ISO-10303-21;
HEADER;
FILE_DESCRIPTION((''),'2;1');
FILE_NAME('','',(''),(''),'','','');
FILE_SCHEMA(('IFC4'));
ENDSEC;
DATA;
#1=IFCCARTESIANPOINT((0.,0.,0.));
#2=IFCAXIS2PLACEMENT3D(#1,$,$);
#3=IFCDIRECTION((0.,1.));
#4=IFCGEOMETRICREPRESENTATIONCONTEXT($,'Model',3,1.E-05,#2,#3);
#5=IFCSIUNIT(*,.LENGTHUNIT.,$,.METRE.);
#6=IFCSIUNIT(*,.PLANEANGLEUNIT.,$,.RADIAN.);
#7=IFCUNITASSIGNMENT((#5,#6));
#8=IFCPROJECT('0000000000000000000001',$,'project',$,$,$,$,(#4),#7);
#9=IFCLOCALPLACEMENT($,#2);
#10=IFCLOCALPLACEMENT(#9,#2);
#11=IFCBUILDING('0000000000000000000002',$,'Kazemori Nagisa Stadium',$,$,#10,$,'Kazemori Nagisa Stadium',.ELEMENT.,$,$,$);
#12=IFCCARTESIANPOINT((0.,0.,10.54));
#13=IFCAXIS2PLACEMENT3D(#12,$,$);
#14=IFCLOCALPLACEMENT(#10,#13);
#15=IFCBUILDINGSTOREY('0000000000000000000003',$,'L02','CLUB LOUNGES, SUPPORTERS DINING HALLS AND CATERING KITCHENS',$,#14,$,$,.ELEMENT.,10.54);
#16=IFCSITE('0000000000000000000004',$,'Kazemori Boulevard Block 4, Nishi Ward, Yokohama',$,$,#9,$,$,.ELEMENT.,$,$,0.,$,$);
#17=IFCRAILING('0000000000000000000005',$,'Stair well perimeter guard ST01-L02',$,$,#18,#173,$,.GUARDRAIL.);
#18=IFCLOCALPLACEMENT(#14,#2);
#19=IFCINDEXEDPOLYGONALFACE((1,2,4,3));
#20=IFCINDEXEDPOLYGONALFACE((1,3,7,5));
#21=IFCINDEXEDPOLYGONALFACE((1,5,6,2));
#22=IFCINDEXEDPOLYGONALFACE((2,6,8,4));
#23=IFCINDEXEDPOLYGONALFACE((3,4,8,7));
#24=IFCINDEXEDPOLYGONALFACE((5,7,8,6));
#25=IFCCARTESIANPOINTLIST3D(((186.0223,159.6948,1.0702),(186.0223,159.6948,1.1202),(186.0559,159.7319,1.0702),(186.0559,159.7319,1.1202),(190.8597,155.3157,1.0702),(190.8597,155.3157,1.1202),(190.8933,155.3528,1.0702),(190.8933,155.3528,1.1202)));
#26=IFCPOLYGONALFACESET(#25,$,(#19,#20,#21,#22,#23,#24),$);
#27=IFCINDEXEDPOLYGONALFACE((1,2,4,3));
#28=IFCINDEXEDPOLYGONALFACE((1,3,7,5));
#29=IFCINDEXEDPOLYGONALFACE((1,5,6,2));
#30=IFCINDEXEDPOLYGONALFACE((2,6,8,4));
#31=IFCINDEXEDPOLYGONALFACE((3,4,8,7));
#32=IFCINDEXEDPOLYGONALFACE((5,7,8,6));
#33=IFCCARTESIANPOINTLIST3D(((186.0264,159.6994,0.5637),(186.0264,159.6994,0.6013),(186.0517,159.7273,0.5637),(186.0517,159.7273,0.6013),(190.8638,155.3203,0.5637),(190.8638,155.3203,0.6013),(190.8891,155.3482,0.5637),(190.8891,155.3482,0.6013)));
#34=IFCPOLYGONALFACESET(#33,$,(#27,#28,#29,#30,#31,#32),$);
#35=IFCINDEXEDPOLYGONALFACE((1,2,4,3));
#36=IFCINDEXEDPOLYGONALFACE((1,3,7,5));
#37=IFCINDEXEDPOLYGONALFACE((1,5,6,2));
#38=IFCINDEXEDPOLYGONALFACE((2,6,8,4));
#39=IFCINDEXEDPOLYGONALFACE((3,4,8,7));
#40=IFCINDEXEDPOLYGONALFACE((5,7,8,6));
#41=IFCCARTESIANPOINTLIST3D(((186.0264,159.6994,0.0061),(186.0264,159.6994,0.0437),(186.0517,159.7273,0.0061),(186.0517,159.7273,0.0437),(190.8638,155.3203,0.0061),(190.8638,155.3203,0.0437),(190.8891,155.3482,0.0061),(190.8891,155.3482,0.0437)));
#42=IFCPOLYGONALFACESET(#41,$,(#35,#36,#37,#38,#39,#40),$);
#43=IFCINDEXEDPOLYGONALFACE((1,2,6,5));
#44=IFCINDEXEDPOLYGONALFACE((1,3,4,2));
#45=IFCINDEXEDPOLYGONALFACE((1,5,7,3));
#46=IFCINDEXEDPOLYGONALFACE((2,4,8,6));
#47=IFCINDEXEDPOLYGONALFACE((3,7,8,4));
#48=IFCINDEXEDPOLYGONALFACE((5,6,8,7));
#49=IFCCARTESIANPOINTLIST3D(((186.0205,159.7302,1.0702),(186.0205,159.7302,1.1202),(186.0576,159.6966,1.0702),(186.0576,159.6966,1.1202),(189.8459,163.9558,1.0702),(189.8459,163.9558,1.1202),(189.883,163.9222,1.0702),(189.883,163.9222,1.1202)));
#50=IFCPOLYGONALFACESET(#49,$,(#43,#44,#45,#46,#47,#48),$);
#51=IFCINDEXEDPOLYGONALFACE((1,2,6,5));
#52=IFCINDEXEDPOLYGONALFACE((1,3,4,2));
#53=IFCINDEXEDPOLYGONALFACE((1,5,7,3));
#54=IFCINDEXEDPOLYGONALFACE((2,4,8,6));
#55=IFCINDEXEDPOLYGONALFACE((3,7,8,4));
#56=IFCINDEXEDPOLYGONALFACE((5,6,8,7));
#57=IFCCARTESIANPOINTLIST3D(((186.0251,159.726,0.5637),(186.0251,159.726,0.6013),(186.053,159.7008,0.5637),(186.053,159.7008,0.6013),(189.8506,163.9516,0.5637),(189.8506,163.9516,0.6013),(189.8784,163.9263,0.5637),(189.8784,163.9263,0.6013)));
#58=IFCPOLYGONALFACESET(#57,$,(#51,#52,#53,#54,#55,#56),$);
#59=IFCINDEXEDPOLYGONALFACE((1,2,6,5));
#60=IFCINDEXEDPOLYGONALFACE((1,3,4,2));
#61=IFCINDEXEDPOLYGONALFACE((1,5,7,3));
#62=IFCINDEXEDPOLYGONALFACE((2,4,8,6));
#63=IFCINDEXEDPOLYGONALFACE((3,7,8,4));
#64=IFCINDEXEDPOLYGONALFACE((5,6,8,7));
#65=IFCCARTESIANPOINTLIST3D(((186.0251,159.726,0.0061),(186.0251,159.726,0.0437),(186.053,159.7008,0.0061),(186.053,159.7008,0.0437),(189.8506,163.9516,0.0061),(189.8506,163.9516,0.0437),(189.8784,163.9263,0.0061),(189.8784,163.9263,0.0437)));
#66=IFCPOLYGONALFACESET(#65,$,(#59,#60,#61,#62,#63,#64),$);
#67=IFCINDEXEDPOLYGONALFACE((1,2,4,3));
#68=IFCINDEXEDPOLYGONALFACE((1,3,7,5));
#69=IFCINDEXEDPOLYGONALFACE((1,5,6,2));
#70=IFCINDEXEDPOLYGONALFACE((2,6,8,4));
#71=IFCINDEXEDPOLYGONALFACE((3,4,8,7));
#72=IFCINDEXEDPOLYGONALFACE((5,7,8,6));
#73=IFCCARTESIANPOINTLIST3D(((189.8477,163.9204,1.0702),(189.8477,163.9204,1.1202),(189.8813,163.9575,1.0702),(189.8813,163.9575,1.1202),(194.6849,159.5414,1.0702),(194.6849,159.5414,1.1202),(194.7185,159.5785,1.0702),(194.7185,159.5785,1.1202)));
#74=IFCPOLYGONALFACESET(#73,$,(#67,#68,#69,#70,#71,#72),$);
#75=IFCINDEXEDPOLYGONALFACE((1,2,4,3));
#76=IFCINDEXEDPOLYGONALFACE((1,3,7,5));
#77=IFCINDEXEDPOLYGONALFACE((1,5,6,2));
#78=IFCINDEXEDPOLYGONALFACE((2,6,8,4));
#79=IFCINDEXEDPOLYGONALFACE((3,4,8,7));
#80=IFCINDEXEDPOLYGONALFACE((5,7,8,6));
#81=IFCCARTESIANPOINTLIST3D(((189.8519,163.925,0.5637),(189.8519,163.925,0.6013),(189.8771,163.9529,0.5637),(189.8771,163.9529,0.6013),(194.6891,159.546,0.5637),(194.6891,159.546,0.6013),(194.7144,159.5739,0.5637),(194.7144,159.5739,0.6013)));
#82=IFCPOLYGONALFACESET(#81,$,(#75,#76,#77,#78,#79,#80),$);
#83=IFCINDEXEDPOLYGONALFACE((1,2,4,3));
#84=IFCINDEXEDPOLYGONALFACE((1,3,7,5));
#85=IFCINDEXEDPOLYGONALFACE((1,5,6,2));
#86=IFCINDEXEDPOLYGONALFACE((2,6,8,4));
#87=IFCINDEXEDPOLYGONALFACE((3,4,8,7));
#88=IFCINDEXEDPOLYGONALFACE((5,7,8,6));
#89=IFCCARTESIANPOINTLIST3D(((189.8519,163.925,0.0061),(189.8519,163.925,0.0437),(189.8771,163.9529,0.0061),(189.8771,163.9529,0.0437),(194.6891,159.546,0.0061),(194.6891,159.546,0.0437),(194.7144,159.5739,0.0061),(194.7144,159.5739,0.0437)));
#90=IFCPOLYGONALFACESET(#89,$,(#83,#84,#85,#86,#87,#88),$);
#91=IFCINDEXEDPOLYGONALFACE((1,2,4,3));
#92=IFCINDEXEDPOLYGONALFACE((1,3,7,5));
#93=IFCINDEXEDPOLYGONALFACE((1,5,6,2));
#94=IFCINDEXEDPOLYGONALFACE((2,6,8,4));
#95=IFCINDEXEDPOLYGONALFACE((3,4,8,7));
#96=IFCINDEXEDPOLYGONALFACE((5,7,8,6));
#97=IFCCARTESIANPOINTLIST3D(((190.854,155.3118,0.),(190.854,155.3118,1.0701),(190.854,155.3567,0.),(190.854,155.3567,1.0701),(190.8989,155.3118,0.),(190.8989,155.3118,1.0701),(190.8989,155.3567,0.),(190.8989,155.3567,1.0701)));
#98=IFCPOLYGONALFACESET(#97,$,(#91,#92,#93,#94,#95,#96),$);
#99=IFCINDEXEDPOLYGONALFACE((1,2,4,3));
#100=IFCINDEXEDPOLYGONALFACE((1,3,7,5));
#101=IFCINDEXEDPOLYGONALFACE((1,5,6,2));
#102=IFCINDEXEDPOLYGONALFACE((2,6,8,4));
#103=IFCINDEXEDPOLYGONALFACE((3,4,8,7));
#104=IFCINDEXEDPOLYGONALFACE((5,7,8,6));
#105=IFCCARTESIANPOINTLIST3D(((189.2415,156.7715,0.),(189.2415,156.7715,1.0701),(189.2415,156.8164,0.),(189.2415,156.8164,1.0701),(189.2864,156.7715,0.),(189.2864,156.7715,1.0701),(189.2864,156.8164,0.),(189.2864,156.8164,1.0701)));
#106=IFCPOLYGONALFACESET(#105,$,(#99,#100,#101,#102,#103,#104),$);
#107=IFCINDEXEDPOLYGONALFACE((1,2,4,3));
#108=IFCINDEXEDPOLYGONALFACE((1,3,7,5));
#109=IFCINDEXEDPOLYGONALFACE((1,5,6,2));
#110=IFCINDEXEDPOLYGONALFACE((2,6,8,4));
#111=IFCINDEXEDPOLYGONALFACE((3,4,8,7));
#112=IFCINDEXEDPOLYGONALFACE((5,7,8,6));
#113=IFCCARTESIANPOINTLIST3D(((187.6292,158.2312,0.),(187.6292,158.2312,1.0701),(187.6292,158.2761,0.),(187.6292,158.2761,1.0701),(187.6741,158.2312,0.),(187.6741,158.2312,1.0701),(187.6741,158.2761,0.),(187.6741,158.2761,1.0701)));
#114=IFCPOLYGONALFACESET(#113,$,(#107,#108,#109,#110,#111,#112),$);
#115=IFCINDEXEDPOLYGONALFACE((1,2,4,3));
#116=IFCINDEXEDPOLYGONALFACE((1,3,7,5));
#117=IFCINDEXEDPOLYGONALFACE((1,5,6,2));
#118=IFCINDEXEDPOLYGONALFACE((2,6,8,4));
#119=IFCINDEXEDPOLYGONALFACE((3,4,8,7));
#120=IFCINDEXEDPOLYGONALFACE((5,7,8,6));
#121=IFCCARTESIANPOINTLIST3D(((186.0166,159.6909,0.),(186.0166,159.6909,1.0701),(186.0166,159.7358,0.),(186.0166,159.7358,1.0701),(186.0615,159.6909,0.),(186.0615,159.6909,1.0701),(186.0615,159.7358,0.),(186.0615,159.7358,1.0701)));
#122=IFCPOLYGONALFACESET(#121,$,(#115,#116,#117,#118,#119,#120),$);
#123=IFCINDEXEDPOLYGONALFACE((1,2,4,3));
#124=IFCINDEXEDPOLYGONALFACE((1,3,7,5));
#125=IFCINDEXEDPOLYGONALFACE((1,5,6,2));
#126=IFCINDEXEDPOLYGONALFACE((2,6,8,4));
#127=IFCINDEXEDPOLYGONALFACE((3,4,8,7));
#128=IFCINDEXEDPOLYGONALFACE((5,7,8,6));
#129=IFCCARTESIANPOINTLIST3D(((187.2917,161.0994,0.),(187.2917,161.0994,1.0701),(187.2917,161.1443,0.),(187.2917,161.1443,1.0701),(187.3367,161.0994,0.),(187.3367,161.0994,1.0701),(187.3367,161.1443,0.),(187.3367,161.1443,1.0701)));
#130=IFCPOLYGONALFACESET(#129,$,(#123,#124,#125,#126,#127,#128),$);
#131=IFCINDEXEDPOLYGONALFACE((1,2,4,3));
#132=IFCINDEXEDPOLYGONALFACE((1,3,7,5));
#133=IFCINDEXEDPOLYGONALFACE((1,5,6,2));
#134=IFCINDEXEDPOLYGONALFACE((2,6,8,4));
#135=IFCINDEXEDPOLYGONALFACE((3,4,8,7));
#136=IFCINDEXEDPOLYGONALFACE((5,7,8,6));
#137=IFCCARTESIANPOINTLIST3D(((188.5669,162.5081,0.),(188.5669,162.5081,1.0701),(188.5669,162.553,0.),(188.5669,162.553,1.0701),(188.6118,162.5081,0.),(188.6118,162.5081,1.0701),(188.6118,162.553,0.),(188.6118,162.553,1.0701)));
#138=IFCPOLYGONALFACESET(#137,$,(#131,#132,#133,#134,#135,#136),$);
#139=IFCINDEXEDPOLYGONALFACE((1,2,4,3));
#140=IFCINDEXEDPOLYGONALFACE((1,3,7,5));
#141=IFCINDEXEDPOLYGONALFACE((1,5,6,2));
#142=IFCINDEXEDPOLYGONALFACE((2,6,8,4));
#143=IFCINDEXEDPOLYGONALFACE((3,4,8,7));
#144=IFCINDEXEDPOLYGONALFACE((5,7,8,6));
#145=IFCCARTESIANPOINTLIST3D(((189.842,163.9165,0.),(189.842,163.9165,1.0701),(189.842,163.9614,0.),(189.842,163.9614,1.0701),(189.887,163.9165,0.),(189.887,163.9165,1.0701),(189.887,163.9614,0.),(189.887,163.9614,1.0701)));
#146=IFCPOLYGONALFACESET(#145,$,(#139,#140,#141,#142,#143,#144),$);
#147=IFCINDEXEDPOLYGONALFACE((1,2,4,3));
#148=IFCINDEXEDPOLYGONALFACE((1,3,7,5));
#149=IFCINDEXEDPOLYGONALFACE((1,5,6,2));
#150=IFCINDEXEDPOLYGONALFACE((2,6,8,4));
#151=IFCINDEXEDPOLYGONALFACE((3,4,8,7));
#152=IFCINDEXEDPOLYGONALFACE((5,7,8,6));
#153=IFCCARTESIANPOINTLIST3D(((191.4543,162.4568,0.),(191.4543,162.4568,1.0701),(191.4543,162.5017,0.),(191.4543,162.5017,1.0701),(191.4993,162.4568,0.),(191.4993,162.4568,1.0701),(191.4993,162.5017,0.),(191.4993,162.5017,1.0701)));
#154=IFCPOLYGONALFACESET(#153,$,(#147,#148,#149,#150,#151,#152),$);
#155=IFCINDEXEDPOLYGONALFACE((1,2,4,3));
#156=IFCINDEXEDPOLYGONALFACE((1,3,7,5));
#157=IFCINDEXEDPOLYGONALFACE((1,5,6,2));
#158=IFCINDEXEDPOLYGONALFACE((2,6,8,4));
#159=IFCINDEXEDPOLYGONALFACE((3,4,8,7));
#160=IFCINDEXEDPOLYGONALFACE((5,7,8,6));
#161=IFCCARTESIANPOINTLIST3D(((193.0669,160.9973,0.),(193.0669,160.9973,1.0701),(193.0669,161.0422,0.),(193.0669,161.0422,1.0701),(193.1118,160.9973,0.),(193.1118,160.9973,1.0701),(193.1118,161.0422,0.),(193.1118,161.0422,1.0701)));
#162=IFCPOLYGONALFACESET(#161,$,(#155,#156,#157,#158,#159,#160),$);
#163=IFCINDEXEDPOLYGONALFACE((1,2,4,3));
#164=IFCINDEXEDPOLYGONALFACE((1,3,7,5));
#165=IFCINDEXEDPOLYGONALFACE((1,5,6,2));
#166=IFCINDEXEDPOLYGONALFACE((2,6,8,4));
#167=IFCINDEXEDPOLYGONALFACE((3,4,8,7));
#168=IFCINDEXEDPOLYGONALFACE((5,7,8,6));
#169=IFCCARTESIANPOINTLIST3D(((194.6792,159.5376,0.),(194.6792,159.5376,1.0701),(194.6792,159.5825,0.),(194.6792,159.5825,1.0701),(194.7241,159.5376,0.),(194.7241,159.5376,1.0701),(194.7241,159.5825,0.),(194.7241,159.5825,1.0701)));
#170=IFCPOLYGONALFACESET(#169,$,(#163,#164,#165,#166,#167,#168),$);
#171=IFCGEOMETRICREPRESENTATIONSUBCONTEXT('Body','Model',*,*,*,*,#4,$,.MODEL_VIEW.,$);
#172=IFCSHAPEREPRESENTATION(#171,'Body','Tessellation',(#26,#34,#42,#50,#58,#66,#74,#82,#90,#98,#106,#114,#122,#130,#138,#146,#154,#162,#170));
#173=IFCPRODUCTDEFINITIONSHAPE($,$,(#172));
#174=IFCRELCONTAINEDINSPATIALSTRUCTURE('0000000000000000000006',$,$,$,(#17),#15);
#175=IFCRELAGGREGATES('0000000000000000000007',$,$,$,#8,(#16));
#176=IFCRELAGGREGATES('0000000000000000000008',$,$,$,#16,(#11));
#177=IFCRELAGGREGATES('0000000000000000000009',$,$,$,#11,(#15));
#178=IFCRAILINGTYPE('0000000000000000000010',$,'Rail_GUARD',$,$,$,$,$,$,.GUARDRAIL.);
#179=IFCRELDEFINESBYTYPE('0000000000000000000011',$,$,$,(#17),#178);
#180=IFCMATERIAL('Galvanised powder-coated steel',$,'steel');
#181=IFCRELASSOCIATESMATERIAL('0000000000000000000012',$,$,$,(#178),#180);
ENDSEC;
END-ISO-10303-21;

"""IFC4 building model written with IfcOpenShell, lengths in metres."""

from ifc_helpers import new_model, si_unit, direction, frame, origin, origin_2d, place, context, subcontext, project, spatial, rectangle, extrude, material, type_object, element, save


model = new_model("IFC4")

# Units and contexts
model_context = context("Model", 3, precision=1e-05, world=origin(), true_north=direction((0.0, 1.0)))
body_context = subcontext(model_context, "Body", "Model", "MODEL_VIEW")
ifc_project = project(units=[si_unit("LENGTHUNIT", "METRE"), si_unit("PLANEANGLEUNIT", "RADIAN")], contexts=[model_context])

# Site, building, storey
site_placement = place(None, origin())
site = spatial("IfcSite", under=ifc_project, at=site_placement, Name="Kazemori Boulevard Block 4, Nishi Ward, Yokohama", CompositionType="ELEMENT", RefElevation=0.0)
building_placement = place(site_placement, origin())
building = spatial("IfcBuilding", under=site, at=building_placement, Name="Kazemori Nagisa Stadium", LongName="Kazemori Nagisa Stadium", CompositionType="ELEMENT")
storey_placement = place(building_placement, frame((0.0, 0.0, 10.54)))
storey = spatial("IfcBuildingStorey", under=building, at=storey_placement, Name="L02", Description="CLUB LOUNGES, SUPPORTERS DINING HALLS AND CATERING KITCHENS", CompositionType="ELEMENT", Elevation=10.54)

# Railing
ifc_material_1 = material(Name="Galvanised powder-coated steel", Category="steel")
railing_type_1 = type_object("IfcRailingType", Name="Rail_GUARD", PredefinedType="GUARDRAIL", material=ifc_material_1)
railing_1_placement = place(storey_placement, frame((190.8765, 155.3342, 0.0)))
element("IfcRailing", 1, at=railing_1_placement, inside=storey, type_object=railing_type_1, Name="Stair well perimeter guard ST01-L02", PredefinedType="GUARDRAIL", context=body_context, shape_type="SweptSolid", body=[
    extrude(rectangle(XDim=0.05, YDim=0.05, at=origin_2d()), frame((0.0, 0.0, 1.0952), z_axis=(-0.741349, 0.67112, 0.0), x_axis=(-0.67112, -0.741349, 0.0)), (0.0, 0.0, 1.0), 6.5251),
    extrude(rectangle(XDim=0.0376, YDim=0.0376, at=origin_2d()), frame((0.0, 0.0, 0.5825), z_axis=(-0.741349, 0.67112, 0.0), x_axis=(-0.67112, -0.741349, 0.0)), (0.0, 0.0, 1.0), 6.5251),
    extrude(rectangle(XDim=0.0376, YDim=0.0376, at=origin_2d()), frame((0.0, 0.0, 0.0249), z_axis=(-0.741349, 0.67112, 0.0), x_axis=(-0.67112, -0.741349, 0.0)), (0.0, 0.0, 1.0), 6.5251),
    extrude(rectangle(XDim=0.05, YDim=0.05, at=origin_2d()), frame((-4.8374, 4.3792, 1.0952), z_axis=(0.671134, 0.741336, 0.0), x_axis=(-0.741336, 0.671134, 0.0)), (0.0, 0.0, 1.0), 5.7),
    extrude(rectangle(XDim=0.0376, YDim=0.0376, at=origin_2d()), frame((-4.8374, 4.3792, 0.5825), z_axis=(0.671134, 0.741336, 0.0), x_axis=(-0.741336, 0.671134, 0.0)), (0.0, 0.0, 1.0), 5.7),
    extrude(rectangle(XDim=0.0376, YDim=0.0376, at=origin_2d()), frame((-4.8374, 4.3792, 0.0249), z_axis=(0.671134, 0.741336, 0.0), x_axis=(-0.741336, 0.671134, 0.0)), (0.0, 0.0, 1.0), 5.7),
    extrude(rectangle(XDim=0.05, YDim=0.05, at=origin_2d()), frame((-1.012, 8.6047, 1.0952), z_axis=(0.74135, -0.671118, 0.0), x_axis=(0.671118, 0.74135, 0.0)), (0.0, 0.0, 1.0), 6.5249),
    extrude(rectangle(XDim=0.0376, YDim=0.0376, at=origin_2d()), frame((-1.012, 8.6047, 0.5825), z_axis=(0.74135, -0.671118, 0.0), x_axis=(0.671118, 0.74135, 0.0)), (0.0, 0.0, 1.0), 6.5249),
    extrude(rectangle(XDim=0.0376, YDim=0.0376, at=origin_2d()), frame((-1.012, 8.6047, 0.0249), z_axis=(0.74135, -0.671118, 0.0), x_axis=(0.671118, 0.74135, 0.0)), (0.0, 0.0, 1.0), 6.5249),
    extrude(rectangle(XDim=0.0449, YDim=0.0449, at=origin_2d()), origin(), (0.0, 0.0, 1.0), 1.0701),
    extrude(rectangle(XDim=0.0449, YDim=0.0449, at=origin_2d()), frame((-1.6125, 1.4597, 0.0)), (0.0, 0.0, 1.0), 1.0701),
    extrude(rectangle(XDim=0.0449, YDim=0.0449, at=origin_2d()), frame((-3.2249, 2.9194, 0.0)), (0.0, 0.0, 1.0), 1.0701),
    extrude(rectangle(XDim=0.0449, YDim=0.0449, at=origin_2d()), frame((-4.8374, 4.3792, 0.0)), (0.0, 0.0, 1.0), 1.0701),
    extrude(rectangle(XDim=0.0449, YDim=0.0449, at=origin_2d()), frame((-3.5623, 5.7876, 0.0)), (0.0, 0.0, 1.0), 1.0701),
    extrude(rectangle(XDim=0.0449, YDim=0.0449, at=origin_2d()), frame((-2.2871, 7.1963, 0.0)), (0.0, 0.0, 1.0), 1.0701),
    extrude(rectangle(XDim=0.0449, YDim=0.0449, at=origin_2d()), frame((-1.012, 8.6047, 0.0)), (0.0, 0.0, 1.0), 1.0701),
    extrude(rectangle(XDim=0.0449, YDim=0.0449, at=origin_2d()), frame((0.6003, 7.145, 0.0)), (0.0, 0.0, 1.0), 1.0701),
    extrude(rectangle(XDim=0.0449, YDim=0.0449, at=origin_2d()), frame((2.2129, 5.6855, 0.0)), (0.0, 0.0, 1.0), 1.0701),
    extrude(rectangle(XDim=0.0449, YDim=0.0449, at=origin_2d()), frame((3.8252, 4.2258, 0.0)), (0.0, 0.0, 1.0), 1.0701),
])

save(model, "model.ifc")
